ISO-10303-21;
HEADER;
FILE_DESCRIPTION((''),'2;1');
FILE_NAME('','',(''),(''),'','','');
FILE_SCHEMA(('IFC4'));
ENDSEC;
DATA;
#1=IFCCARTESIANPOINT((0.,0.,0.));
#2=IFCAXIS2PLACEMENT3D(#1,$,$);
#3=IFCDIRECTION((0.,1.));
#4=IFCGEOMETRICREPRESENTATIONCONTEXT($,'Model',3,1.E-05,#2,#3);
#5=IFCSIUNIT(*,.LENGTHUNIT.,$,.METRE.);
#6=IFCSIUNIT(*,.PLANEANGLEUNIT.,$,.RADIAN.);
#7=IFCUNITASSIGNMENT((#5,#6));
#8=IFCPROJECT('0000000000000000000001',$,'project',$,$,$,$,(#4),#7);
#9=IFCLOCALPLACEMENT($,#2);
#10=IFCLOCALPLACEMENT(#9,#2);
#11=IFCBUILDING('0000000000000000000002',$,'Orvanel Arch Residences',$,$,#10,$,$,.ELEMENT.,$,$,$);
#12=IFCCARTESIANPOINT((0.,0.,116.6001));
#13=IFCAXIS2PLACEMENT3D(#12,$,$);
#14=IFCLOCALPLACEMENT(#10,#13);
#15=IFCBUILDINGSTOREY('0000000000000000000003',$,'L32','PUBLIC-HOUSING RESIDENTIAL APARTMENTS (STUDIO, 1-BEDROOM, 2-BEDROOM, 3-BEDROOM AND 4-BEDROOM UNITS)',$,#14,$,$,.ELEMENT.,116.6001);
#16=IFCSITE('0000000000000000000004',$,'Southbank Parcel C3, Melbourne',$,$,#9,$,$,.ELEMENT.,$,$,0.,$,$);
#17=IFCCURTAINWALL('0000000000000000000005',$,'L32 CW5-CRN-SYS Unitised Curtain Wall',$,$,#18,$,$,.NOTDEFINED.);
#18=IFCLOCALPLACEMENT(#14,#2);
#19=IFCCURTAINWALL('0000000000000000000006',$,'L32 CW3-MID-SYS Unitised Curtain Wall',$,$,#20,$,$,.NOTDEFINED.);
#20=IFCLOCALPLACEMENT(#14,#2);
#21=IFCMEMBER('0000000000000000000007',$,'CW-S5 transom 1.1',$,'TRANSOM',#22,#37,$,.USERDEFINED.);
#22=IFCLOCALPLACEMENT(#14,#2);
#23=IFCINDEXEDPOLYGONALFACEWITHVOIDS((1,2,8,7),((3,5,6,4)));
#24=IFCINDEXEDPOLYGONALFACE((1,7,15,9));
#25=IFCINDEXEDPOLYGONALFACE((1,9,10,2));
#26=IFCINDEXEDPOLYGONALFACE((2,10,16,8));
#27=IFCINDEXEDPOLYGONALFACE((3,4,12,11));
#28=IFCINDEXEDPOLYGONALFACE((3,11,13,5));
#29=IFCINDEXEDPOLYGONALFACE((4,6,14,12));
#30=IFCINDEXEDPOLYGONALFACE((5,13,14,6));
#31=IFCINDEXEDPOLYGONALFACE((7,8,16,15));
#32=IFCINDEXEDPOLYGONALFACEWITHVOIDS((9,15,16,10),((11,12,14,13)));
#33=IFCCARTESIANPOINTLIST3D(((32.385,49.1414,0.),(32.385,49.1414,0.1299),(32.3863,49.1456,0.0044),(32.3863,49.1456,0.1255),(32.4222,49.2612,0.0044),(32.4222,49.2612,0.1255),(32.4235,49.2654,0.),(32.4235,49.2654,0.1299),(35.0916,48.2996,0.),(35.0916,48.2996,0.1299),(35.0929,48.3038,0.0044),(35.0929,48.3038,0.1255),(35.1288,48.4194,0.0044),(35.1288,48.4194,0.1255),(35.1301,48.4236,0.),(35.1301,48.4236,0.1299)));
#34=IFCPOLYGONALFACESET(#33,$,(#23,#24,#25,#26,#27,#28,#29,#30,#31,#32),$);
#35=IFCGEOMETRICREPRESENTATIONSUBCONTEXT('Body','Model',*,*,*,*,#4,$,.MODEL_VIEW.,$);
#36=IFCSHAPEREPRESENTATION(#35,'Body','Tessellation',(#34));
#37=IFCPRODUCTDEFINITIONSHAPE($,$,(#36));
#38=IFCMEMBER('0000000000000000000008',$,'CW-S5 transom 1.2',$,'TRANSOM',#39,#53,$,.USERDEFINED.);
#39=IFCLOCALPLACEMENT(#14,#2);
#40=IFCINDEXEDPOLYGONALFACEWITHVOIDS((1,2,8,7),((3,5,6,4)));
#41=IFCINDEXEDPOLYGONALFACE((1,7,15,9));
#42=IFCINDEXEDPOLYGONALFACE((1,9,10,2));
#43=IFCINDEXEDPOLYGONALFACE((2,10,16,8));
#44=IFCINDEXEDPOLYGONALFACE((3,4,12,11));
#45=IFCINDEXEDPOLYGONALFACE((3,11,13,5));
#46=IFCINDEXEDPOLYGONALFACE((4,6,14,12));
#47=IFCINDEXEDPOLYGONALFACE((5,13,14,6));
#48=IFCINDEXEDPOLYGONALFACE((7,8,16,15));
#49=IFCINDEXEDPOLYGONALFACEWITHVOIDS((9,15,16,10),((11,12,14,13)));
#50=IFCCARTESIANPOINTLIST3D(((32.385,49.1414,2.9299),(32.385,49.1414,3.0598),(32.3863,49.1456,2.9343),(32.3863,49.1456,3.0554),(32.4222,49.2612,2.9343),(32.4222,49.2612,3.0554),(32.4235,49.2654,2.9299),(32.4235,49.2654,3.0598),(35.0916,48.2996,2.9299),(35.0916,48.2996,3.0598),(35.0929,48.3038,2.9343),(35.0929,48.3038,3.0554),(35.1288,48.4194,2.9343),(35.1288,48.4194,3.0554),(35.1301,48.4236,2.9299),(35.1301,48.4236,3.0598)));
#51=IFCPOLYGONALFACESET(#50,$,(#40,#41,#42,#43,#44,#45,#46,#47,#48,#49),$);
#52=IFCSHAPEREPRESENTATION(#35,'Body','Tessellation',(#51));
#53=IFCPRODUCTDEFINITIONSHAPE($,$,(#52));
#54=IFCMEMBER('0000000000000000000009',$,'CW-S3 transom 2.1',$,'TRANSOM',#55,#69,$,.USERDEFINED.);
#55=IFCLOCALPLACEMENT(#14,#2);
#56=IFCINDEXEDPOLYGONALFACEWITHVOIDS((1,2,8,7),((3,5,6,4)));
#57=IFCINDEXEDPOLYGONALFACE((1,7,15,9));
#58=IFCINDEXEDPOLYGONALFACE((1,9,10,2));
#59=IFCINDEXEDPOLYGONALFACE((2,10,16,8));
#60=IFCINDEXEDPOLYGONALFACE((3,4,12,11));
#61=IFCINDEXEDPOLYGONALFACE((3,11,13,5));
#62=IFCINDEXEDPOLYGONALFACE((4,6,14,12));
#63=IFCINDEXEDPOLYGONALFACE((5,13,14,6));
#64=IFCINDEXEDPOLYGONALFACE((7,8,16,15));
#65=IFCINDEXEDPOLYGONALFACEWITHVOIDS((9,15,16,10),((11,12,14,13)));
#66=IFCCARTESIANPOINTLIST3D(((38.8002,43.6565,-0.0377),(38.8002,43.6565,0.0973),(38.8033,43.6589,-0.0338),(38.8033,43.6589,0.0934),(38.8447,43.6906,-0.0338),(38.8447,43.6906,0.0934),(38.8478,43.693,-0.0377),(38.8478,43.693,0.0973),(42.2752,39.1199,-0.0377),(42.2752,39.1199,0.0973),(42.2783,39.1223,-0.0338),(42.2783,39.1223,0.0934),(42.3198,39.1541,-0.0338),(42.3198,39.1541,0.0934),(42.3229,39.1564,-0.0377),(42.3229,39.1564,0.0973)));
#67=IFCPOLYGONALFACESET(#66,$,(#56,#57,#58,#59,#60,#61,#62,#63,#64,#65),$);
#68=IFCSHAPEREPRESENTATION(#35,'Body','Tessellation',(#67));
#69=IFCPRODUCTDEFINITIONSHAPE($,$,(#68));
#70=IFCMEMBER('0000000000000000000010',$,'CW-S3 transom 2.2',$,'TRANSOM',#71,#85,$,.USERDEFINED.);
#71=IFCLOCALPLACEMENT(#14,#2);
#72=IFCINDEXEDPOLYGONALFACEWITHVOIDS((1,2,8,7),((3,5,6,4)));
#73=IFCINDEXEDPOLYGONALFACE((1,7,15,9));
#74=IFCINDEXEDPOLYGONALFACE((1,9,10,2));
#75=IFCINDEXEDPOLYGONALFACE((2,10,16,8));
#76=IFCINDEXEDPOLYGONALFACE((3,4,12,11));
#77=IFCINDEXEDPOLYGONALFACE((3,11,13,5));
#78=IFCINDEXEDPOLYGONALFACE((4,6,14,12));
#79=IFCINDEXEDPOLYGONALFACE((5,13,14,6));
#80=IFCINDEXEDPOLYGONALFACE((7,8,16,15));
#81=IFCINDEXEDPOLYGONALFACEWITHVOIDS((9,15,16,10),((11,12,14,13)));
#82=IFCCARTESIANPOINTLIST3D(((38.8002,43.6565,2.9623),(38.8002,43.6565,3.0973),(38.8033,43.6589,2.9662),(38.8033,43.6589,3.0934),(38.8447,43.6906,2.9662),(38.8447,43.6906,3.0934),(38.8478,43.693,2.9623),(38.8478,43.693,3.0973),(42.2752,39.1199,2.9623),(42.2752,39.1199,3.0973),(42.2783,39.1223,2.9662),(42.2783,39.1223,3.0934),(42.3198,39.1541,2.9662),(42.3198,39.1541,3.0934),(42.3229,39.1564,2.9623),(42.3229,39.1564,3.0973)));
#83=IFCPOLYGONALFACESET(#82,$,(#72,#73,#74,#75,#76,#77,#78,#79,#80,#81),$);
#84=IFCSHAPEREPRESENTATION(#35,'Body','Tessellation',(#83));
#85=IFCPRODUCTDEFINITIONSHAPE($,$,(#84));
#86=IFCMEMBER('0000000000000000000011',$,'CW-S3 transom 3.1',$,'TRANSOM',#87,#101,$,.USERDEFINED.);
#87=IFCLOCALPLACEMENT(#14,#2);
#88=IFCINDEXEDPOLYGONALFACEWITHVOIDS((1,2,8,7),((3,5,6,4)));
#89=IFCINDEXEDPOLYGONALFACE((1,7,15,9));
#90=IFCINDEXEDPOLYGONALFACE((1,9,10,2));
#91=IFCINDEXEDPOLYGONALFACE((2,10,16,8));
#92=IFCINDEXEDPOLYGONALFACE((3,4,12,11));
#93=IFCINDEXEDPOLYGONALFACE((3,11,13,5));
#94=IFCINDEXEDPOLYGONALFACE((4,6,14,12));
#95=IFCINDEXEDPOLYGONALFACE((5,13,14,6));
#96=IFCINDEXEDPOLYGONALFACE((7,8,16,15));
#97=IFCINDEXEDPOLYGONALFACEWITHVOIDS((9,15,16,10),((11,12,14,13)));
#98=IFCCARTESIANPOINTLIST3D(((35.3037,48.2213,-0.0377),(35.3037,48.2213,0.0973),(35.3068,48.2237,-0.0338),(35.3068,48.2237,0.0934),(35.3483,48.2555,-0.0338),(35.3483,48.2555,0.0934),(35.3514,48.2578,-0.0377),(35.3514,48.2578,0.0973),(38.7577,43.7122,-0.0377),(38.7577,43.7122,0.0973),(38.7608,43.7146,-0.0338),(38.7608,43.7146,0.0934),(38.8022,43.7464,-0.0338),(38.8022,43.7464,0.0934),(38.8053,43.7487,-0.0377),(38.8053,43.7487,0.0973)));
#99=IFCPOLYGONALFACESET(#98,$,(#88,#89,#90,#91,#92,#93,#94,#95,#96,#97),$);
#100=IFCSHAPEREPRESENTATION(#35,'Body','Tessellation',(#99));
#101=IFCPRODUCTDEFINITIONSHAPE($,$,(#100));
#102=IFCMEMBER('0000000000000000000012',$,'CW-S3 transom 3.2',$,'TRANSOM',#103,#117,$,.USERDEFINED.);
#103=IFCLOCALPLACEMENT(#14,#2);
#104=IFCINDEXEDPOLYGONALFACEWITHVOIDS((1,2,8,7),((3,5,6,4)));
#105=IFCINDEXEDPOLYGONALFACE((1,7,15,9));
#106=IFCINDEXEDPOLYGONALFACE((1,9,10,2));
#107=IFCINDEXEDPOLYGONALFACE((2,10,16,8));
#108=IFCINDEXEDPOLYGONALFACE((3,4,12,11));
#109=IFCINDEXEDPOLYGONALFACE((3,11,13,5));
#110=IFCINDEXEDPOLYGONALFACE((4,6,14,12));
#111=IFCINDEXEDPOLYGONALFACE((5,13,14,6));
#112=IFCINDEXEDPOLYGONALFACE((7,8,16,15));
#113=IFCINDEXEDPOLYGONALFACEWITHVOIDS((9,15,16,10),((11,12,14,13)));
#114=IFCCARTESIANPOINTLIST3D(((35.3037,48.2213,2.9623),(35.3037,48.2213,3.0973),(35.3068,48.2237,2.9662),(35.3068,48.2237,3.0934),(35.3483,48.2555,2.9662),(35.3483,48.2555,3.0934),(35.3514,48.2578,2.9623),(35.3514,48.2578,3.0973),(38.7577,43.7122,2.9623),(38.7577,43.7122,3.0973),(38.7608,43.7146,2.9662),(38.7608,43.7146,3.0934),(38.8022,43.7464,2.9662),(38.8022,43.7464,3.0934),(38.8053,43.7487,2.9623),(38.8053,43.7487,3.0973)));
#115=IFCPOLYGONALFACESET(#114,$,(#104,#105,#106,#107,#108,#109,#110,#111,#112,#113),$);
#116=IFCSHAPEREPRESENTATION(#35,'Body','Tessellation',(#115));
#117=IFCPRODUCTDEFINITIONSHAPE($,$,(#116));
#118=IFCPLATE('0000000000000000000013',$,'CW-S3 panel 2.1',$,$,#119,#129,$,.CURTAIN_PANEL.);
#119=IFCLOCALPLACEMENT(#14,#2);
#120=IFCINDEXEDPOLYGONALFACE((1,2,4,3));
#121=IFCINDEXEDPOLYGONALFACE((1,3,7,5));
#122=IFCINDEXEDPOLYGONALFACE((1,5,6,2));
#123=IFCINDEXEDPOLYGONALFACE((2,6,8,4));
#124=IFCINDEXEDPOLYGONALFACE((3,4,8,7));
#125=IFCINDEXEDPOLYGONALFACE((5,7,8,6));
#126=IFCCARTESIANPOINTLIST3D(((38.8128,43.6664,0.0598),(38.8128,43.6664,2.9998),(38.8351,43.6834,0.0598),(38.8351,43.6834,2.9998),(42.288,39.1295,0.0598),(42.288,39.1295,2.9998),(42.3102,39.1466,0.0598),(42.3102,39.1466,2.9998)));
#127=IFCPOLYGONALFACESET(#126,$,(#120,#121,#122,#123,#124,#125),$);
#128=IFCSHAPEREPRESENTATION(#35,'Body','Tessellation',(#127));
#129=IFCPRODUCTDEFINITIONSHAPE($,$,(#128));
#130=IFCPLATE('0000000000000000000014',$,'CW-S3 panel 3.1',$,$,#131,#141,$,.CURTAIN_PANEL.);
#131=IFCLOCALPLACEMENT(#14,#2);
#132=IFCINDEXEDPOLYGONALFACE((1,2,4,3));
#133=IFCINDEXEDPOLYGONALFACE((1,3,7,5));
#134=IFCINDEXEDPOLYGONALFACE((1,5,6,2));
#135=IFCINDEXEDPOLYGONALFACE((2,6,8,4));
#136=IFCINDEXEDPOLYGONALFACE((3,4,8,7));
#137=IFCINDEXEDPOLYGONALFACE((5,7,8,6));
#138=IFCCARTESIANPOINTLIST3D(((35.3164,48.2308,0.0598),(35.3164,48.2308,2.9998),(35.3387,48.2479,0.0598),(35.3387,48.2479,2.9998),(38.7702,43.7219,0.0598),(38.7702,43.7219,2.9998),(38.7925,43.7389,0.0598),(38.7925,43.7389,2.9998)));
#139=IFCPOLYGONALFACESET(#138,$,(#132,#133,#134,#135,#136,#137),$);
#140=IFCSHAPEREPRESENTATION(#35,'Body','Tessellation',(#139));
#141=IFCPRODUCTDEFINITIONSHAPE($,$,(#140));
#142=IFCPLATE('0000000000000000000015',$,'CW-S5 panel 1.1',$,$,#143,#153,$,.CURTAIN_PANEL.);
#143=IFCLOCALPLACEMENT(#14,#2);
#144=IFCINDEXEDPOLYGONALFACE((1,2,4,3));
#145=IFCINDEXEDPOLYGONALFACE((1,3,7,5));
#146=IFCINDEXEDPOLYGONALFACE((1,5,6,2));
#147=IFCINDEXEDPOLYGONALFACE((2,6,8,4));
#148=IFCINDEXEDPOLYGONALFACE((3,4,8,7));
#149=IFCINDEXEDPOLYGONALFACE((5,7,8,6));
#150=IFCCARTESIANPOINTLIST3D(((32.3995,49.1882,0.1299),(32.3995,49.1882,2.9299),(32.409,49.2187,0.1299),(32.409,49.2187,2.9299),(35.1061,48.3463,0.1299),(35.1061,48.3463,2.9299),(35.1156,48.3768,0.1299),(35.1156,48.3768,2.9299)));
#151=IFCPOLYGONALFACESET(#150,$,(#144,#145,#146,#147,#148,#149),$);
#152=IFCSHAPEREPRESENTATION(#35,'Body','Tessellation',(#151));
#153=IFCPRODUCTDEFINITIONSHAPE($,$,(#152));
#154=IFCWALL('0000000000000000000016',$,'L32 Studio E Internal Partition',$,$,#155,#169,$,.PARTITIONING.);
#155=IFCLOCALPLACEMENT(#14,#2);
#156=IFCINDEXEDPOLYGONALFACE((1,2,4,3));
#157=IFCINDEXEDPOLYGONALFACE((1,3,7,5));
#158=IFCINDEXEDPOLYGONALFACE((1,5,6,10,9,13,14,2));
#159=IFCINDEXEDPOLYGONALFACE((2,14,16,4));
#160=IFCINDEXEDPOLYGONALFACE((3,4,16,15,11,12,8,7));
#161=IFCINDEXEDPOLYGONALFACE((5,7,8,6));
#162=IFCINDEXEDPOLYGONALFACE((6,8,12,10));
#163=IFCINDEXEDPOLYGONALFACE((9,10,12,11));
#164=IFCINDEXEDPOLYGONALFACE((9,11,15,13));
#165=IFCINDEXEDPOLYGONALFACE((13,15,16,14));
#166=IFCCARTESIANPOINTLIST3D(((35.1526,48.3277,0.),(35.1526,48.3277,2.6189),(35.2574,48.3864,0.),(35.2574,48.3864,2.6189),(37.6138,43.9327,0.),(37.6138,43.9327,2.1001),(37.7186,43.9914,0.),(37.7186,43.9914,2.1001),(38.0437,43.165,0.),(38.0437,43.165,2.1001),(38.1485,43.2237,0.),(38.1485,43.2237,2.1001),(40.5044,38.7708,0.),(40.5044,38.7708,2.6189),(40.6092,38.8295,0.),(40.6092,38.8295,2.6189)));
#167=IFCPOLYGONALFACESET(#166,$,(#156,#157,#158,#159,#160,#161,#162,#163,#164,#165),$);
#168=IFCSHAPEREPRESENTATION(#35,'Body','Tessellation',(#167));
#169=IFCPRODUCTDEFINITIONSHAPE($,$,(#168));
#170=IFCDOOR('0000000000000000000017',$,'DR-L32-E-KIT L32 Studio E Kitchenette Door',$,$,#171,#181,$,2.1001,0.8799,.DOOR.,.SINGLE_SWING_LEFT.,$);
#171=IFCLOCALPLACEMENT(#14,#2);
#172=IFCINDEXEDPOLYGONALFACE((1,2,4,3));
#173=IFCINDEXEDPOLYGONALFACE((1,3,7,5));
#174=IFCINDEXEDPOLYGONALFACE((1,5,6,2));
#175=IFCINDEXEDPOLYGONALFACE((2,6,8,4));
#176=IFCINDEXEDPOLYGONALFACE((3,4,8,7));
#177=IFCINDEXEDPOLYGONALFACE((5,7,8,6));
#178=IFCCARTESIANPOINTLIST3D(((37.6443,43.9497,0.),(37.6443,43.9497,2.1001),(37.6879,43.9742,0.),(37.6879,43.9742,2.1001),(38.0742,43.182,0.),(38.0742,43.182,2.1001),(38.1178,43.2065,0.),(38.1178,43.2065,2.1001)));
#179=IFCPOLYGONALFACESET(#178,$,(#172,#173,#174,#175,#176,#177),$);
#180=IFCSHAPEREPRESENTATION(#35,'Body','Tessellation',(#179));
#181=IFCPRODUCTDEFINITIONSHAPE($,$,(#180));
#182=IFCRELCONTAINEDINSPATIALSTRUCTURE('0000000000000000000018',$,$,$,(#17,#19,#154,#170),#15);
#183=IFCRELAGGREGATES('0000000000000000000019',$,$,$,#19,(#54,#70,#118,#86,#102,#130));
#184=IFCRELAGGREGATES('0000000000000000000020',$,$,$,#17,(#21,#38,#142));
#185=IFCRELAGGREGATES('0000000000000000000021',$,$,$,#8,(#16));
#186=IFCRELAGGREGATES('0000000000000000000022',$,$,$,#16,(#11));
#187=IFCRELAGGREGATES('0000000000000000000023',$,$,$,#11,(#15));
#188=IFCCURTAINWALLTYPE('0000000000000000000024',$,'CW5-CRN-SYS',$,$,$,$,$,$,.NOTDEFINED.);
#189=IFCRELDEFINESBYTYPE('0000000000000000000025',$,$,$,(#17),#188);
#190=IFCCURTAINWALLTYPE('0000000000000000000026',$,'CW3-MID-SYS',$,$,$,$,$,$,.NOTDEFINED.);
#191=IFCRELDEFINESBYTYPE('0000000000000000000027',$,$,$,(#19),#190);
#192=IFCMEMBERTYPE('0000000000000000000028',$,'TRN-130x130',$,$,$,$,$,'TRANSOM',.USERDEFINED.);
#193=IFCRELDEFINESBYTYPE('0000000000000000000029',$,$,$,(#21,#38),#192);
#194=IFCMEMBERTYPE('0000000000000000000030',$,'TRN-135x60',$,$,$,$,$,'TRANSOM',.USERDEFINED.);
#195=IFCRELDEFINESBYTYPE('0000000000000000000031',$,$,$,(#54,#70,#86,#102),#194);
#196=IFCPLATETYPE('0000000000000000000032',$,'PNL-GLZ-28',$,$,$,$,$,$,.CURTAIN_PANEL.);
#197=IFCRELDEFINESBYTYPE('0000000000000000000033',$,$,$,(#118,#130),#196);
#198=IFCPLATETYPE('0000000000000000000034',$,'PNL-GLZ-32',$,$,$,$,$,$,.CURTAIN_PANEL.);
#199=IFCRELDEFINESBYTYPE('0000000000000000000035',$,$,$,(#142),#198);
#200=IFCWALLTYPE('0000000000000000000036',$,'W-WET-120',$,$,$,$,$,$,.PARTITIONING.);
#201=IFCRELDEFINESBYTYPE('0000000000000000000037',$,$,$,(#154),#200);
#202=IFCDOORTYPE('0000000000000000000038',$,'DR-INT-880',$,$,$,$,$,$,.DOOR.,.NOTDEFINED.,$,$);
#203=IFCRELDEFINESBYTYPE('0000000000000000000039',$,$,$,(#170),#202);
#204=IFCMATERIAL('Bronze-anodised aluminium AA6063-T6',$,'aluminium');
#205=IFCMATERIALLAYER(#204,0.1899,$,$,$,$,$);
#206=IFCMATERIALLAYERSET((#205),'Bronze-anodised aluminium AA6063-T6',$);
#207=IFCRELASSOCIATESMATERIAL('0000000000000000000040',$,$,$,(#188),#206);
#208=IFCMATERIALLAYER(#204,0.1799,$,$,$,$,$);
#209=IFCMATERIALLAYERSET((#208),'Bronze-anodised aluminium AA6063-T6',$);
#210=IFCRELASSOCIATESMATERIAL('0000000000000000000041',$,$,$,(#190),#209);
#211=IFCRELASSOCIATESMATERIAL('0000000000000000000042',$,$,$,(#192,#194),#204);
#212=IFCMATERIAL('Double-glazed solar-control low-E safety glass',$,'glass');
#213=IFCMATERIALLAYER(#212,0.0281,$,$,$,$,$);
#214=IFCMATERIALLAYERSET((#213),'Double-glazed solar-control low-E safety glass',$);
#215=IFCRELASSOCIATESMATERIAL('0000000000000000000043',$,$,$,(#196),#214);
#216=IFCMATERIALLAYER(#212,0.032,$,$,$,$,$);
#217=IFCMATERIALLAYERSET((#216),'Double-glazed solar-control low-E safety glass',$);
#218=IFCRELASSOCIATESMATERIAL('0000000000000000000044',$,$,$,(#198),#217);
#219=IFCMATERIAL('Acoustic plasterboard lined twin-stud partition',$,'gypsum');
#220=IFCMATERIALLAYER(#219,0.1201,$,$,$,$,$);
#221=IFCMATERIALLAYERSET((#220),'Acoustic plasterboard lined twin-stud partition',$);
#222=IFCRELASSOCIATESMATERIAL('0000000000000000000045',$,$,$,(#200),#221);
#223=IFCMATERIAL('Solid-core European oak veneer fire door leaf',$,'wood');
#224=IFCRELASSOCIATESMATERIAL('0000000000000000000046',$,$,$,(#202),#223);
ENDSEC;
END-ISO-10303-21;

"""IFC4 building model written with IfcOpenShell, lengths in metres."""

from ifc_helpers import new_model, si_unit, direction, frame, frame_2d, origin, origin_2d, place, context, subcontext, project, spatial, rectangle, hollow_rectangle, extrude, material, layer, layer_set, material_profile, profile_set, type_object, element, fill, aggregate, save


model = new_model("IFC4")

# Units and contexts
model_context = context("Model", 3, precision=1e-05, world=origin(), true_north=direction((0.0, 1.0)))
body_context = subcontext(model_context, "Body", "Model", "MODEL_VIEW")
ifc_project = project(units=[si_unit("LENGTHUNIT", "METRE"), si_unit("PLANEANGLEUNIT", "RADIAN")], contexts=[model_context])

# Site, building, storey
site_placement = place(None, origin())
site = spatial("IfcSite", under=ifc_project, at=site_placement, Name="Southbank Parcel C3, Melbourne", CompositionType="ELEMENT", RefElevation=0.0)
building_placement = place(site_placement, origin())
building = spatial("IfcBuilding", under=site, at=building_placement, Name="Orvanel Arch Residences", CompositionType="ELEMENT")
storey_placement = place(building_placement, frame((0.0, 0.0, 116.6001)))
storey = spatial("IfcBuildingStorey", under=building, at=storey_placement, Name="L32", Description="PUBLIC-HOUSING RESIDENTIAL APARTMENTS (STUDIO, 1-BEDROOM, 2-BEDROOM, 3-BEDROOM AND 4-BEDROOM UNITS)", CompositionType="ELEMENT", Elevation=116.6001)

# Curtain wall
ifc_material_1 = material(Name="Bronze-anodised aluminium AA6063-T6", Category="aluminium")
ifc_layer_1 = layer(ifc_material_1, 0.1899)
ifc_layer_set_1 = layer_set([ifc_layer_1], Name="Bronze-anodised aluminium AA6063-T6")
curtain_wall_type_1 = type_object("IfcCurtainWallType", Name="CW5-CRN-SYS", PredefinedType="NOTDEFINED", material=ifc_layer_set_1)
curtain_wall_1_placement = place(storey_placement, origin())
curtain_wall_1 = element("IfcCurtainWall", 1, at=curtain_wall_1_placement, inside=storey, type_object=curtain_wall_type_1, Name="L32 CW5-CRN-SYS Unitised Curtain Wall", PredefinedType="NOTDEFINED")

# Curtain wall
ifc_layer_2 = layer(ifc_material_1, 0.1799)
ifc_layer_set_2 = layer_set([ifc_layer_2], Name="Bronze-anodised aluminium AA6063-T6")
curtain_wall_type_2 = type_object("IfcCurtainWallType", Name="CW3-MID-SYS", PredefinedType="NOTDEFINED", material=ifc_layer_set_2)
curtain_wall_2_placement = place(storey_placement, origin())
curtain_wall_2 = element("IfcCurtainWall", 2, at=curtain_wall_2_placement, inside=storey, type_object=curtain_wall_type_2, Name="L32 CW3-MID-SYS Unitised Curtain Wall", PredefinedType="NOTDEFINED")

# Members
ifc_material_profile_1 = material_profile(ifc_material_1, hollow_rectangle(XDim=0.1299, YDim=0.1299, WallThickness=0.0044, at=origin_2d()), Name="ALU130x130x4.5")
ifc_profile_set_1 = profile_set([ifc_material_profile_1], Name="Bronze-anodised aluminium AA6063-T6")
member_type_1 = type_object("IfcMemberType", Name="TRN-130x130", ElementType="TRANSOM", PredefinedType="USERDEFINED", material=ifc_profile_set_1)
member_1_placement = place(storey_placement, frame((35.1108, 48.3616, 0.0649), z_axis=(-0.954881, 0.29699, 0.0), x_axis=(-0.29699, -0.954881, 0.0)))
member_1 = element("IfcMember", 3, at=member_1_placement, type_object=member_type_1, Name="CW-S5 transom 1.1", ObjectType="TRANSOM", PredefinedType="USERDEFINED", context=body_context, shape_type="SweptSolid", body=[
    extrude(hollow_rectangle(XDim=0.1299, YDim=0.1299, WallThickness=0.0044, at=origin_2d()), origin(), (0.0, 0.0, 1.0), 2.8345),
])
member_2_placement = place(storey_placement, frame((35.1108, 48.3616, 2.9949), z_axis=(-0.954881, 0.29699, 0.0), x_axis=(-0.29699, -0.954881, 0.0)))
member_2 = element("IfcMember", 4, at=member_2_placement, type_object=member_type_1, Name="CW-S5 transom 1.2", ObjectType="TRANSOM", PredefinedType="USERDEFINED", context=body_context, shape_type="SweptSolid", body=[
    extrude(hollow_rectangle(XDim=0.1299, YDim=0.1299, WallThickness=0.0044, at=origin_2d()), origin(), (0.0, 0.0, 1.0), 2.8345),
])
ifc_material_profile_2 = material_profile(ifc_material_1, hollow_rectangle(XDim=0.0601, YDim=0.135, WallThickness=0.0039, at=origin_2d()), Name="ALU135x60x4")
ifc_profile_set_2 = profile_set([ifc_material_profile_2], Name="Bronze-anodised aluminium AA6063-T6")
member_type_2 = type_object("IfcMemberType", Name="TRN-135x60", ElementType="TRANSOM", PredefinedType="USERDEFINED", material=ifc_profile_set_2)
member_3_placement = place(storey_placement, frame((42.2991, 39.1382, 0.0298), z_axis=(-0.608103, 0.793858, 0.0), x_axis=(-0.793858, -0.608103, 0.0)))
member_3 = element("IfcMember", 5, at=member_3_placement, type_object=member_type_2, Name="CW-S3 transom 2.1", ObjectType="TRANSOM", PredefinedType="USERDEFINED", context=body_context, shape_type="SweptSolid", body=[
    extrude(hollow_rectangle(XDim=0.0601, YDim=0.135, WallThickness=0.0039, at=origin_2d()), origin(), (0.0, 0.0, 1.0), 5.7146),
])
member_4_placement = place(storey_placement, frame((42.2991, 39.1382, 3.0298), z_axis=(-0.608103, 0.793858, 0.0), x_axis=(-0.793858, -0.608103, 0.0)))
member_4 = element("IfcMember", 6, at=member_4_placement, type_object=member_type_2, Name="CW-S3 transom 2.2", ObjectType="TRANSOM", PredefinedType="USERDEFINED", context=body_context, shape_type="SweptSolid", body=[
    extrude(hollow_rectangle(XDim=0.0601, YDim=0.135, WallThickness=0.0039, at=origin_2d()), origin(), (0.0, 0.0, 1.0), 5.7146),
])
member_5_placement = place(storey_placement, frame((38.7815, 43.7305, 0.0298), z_axis=(-0.608091, 0.793867, 0.0), x_axis=(-0.793867, -0.608091, 0.0)))
member_5 = element("IfcMember", 7, at=member_5_placement, type_object=member_type_2, Name="CW-S3 transom 3.1", ObjectType="TRANSOM", PredefinedType="USERDEFINED", context=body_context, shape_type="SweptSolid", body=[
    extrude(hollow_rectangle(XDim=0.0601, YDim=0.135, WallThickness=0.0039, at=origin_2d()), origin(), (0.0, 0.0, 1.0), 5.6799),
])
member_6_placement = place(storey_placement, frame((38.7815, 43.7305, 3.0298), z_axis=(-0.608091, 0.793867, 0.0), x_axis=(-0.793867, -0.608091, 0.0)))
member_6 = element("IfcMember", 8, at=member_6_placement, type_object=member_type_2, Name="CW-S3 transom 3.2", ObjectType="TRANSOM", PredefinedType="USERDEFINED", context=body_context, shape_type="SweptSolid", body=[
    extrude(hollow_rectangle(XDim=0.0601, YDim=0.135, WallThickness=0.0039, at=origin_2d()), origin(), (0.0, 0.0, 1.0), 5.6799),
])

# Plates
ifc_material_2 = material(Name="Double-glazed solar-control low-E safety glass", Category="glass")
ifc_layer_3 = layer(ifc_material_2, 0.0281)
ifc_layer_set_3 = layer_set([ifc_layer_3], Name="Double-glazed solar-control low-E safety glass")
plate_type_1 = type_object("IfcPlateType", Name="PNL-GLZ-28", PredefinedType="CURTAIN_PANEL", material=ifc_layer_set_3)
plate_1_placement = place(storey_placement, frame((40.5615, 41.4065, 0.0598), z_axis=(0.0, 0.0, 1.0), x_axis=(-0.608092, 0.793867, 0.0)))
plate_1 = element("IfcPlate", 9, at=plate_1_placement, type_object=plate_type_1, Name="CW-S3 panel 2.1", PredefinedType="CURTAIN_PANEL", context=body_context, shape_type="SweptSolid", body=[
    extrude(rectangle(XDim=5.7148, YDim=0.0281, at=origin_2d()), origin(), (0.0, 0.0, 1.0), 2.9399),
])
plate_2_placement = place(storey_placement, frame((37.0544, 45.9849, 0.0598), z_axis=(0.0, 0.0, 1.0), x_axis=(-0.608092, 0.793867, 0.0)))
plate_2 = element("IfcPlate", 10, at=plate_2_placement, type_object=plate_type_1, Name="CW-S3 panel 3.1", PredefinedType="CURTAIN_PANEL", context=body_context, shape_type="SweptSolid", body=[
    extrude(rectangle(XDim=5.6797, YDim=0.0281, at=origin_2d()), origin(), (0.0, 0.0, 1.0), 2.9399),
])
aggregate(curtain_wall_2, [member_3, member_4, plate_1, member_5, member_6, plate_2])
ifc_layer_4 = layer(ifc_material_2, 0.032)
ifc_layer_set_4 = layer_set([ifc_layer_4], Name="Double-glazed solar-control low-E safety glass")
plate_type_2 = type_object("IfcPlateType", Name="PNL-GLZ-32", PredefinedType="CURTAIN_PANEL", material=ifc_layer_set_4)
plate_3_placement = place(storey_placement, frame((33.7576, 48.7825, 0.1299), z_axis=(0.0, 0.0, 1.0), x_axis=(-0.954871, 0.297021, 0.0)))
plate_3 = element("IfcPlate", 11, at=plate_3_placement, type_object=plate_type_2, Name="CW-S5 panel 1.1", PredefinedType="CURTAIN_PANEL", context=body_context, shape_type="SweptSolid", body=[
    extrude(rectangle(XDim=2.8345, YDim=0.032, at=origin_2d()), origin(), (0.0, 0.0, 1.0), 2.8),
])
aggregate(curtain_wall_1, [member_1, member_2, plate_3])

# Wall, opening, door
ifc_material_3 = material(Name="Acoustic plasterboard lined twin-stud partition", Category="gypsum")
ifc_layer_5 = layer(ifc_material_3, 0.1201)
ifc_layer_set_5 = layer_set([ifc_layer_5], Name="Acoustic plasterboard lined twin-stud partition")
wall_type = type_object("IfcWallType", Name="W-WET-120", PredefinedType="PARTITIONING", material=ifc_layer_set_5)
wall_placement = place(storey_placement, frame((35.2051, 48.3569, 0.0), z_axis=(0.0, 0.0, 1.0), x_axis=(0.4886, -0.872508, 0.0)))
wall = element("IfcWall", 12, at=wall_placement, inside=storey, type_object=wall_type, Name="L32 Studio E Internal Partition", PredefinedType="PARTITIONING", context=body_context, shape_type="SweptSolid", body=[
    extrude(rectangle(XDim=10.9534, YDim=0.1201, at=frame_2d((5.4766, 0.0))), origin(), (0.0, 0.0, 1.0), 2.6189),
])
opening_placement = place(wall_placement, frame((5.0371, 0.0, 0.0)))
opening = element("IfcOpeningElement", 13, at=opening_placement, cuts=wall, PredefinedType="OPENING", context=body_context, shape_type="SweptSolid", body=[
    extrude(rectangle(XDim=0.8799, YDim=2.1001, at=frame_2d((0.4399, 1.05))), frame((0.0, 0.0701, 0.0), z_axis=(0.0, -1.0, 0.0), x_axis=(1.0, 0.0, 0.0)), (0.0, 0.0, 1.0), 0.1401),
])
ifc_material_4 = material(Name="Solid-core European oak veneer fire door leaf", Category="wood")
door_type = type_object("IfcDoorType", Name="DR-INT-880", OperationType="NOTDEFINED", PredefinedType="DOOR", material=ifc_material_4)
door_placement = place(opening_placement, origin())
door = element("IfcDoor", 14, at=door_placement, inside=storey, type_object=door_type, Name="DR-L32-E-KIT L32 Studio E Kitchenette Door", OperationType="SINGLE_SWING_LEFT", OverallHeight=2.1001, OverallWidth=0.8799, PredefinedType="DOOR", context=body_context, shape_type="SweptSolid", body=[
    extrude(rectangle(XDim=0.8799, YDim=2.1001, at=frame_2d((0.4399, 1.05))), frame((0.0, 0.0249, 0.0), z_axis=(0.0, -1.0, 0.0), x_axis=(1.0, 0.0, 0.0)), (0.0, 0.0, 1.0), 0.05),
])
fill(opening, door)

save(model, "model.ifc")
